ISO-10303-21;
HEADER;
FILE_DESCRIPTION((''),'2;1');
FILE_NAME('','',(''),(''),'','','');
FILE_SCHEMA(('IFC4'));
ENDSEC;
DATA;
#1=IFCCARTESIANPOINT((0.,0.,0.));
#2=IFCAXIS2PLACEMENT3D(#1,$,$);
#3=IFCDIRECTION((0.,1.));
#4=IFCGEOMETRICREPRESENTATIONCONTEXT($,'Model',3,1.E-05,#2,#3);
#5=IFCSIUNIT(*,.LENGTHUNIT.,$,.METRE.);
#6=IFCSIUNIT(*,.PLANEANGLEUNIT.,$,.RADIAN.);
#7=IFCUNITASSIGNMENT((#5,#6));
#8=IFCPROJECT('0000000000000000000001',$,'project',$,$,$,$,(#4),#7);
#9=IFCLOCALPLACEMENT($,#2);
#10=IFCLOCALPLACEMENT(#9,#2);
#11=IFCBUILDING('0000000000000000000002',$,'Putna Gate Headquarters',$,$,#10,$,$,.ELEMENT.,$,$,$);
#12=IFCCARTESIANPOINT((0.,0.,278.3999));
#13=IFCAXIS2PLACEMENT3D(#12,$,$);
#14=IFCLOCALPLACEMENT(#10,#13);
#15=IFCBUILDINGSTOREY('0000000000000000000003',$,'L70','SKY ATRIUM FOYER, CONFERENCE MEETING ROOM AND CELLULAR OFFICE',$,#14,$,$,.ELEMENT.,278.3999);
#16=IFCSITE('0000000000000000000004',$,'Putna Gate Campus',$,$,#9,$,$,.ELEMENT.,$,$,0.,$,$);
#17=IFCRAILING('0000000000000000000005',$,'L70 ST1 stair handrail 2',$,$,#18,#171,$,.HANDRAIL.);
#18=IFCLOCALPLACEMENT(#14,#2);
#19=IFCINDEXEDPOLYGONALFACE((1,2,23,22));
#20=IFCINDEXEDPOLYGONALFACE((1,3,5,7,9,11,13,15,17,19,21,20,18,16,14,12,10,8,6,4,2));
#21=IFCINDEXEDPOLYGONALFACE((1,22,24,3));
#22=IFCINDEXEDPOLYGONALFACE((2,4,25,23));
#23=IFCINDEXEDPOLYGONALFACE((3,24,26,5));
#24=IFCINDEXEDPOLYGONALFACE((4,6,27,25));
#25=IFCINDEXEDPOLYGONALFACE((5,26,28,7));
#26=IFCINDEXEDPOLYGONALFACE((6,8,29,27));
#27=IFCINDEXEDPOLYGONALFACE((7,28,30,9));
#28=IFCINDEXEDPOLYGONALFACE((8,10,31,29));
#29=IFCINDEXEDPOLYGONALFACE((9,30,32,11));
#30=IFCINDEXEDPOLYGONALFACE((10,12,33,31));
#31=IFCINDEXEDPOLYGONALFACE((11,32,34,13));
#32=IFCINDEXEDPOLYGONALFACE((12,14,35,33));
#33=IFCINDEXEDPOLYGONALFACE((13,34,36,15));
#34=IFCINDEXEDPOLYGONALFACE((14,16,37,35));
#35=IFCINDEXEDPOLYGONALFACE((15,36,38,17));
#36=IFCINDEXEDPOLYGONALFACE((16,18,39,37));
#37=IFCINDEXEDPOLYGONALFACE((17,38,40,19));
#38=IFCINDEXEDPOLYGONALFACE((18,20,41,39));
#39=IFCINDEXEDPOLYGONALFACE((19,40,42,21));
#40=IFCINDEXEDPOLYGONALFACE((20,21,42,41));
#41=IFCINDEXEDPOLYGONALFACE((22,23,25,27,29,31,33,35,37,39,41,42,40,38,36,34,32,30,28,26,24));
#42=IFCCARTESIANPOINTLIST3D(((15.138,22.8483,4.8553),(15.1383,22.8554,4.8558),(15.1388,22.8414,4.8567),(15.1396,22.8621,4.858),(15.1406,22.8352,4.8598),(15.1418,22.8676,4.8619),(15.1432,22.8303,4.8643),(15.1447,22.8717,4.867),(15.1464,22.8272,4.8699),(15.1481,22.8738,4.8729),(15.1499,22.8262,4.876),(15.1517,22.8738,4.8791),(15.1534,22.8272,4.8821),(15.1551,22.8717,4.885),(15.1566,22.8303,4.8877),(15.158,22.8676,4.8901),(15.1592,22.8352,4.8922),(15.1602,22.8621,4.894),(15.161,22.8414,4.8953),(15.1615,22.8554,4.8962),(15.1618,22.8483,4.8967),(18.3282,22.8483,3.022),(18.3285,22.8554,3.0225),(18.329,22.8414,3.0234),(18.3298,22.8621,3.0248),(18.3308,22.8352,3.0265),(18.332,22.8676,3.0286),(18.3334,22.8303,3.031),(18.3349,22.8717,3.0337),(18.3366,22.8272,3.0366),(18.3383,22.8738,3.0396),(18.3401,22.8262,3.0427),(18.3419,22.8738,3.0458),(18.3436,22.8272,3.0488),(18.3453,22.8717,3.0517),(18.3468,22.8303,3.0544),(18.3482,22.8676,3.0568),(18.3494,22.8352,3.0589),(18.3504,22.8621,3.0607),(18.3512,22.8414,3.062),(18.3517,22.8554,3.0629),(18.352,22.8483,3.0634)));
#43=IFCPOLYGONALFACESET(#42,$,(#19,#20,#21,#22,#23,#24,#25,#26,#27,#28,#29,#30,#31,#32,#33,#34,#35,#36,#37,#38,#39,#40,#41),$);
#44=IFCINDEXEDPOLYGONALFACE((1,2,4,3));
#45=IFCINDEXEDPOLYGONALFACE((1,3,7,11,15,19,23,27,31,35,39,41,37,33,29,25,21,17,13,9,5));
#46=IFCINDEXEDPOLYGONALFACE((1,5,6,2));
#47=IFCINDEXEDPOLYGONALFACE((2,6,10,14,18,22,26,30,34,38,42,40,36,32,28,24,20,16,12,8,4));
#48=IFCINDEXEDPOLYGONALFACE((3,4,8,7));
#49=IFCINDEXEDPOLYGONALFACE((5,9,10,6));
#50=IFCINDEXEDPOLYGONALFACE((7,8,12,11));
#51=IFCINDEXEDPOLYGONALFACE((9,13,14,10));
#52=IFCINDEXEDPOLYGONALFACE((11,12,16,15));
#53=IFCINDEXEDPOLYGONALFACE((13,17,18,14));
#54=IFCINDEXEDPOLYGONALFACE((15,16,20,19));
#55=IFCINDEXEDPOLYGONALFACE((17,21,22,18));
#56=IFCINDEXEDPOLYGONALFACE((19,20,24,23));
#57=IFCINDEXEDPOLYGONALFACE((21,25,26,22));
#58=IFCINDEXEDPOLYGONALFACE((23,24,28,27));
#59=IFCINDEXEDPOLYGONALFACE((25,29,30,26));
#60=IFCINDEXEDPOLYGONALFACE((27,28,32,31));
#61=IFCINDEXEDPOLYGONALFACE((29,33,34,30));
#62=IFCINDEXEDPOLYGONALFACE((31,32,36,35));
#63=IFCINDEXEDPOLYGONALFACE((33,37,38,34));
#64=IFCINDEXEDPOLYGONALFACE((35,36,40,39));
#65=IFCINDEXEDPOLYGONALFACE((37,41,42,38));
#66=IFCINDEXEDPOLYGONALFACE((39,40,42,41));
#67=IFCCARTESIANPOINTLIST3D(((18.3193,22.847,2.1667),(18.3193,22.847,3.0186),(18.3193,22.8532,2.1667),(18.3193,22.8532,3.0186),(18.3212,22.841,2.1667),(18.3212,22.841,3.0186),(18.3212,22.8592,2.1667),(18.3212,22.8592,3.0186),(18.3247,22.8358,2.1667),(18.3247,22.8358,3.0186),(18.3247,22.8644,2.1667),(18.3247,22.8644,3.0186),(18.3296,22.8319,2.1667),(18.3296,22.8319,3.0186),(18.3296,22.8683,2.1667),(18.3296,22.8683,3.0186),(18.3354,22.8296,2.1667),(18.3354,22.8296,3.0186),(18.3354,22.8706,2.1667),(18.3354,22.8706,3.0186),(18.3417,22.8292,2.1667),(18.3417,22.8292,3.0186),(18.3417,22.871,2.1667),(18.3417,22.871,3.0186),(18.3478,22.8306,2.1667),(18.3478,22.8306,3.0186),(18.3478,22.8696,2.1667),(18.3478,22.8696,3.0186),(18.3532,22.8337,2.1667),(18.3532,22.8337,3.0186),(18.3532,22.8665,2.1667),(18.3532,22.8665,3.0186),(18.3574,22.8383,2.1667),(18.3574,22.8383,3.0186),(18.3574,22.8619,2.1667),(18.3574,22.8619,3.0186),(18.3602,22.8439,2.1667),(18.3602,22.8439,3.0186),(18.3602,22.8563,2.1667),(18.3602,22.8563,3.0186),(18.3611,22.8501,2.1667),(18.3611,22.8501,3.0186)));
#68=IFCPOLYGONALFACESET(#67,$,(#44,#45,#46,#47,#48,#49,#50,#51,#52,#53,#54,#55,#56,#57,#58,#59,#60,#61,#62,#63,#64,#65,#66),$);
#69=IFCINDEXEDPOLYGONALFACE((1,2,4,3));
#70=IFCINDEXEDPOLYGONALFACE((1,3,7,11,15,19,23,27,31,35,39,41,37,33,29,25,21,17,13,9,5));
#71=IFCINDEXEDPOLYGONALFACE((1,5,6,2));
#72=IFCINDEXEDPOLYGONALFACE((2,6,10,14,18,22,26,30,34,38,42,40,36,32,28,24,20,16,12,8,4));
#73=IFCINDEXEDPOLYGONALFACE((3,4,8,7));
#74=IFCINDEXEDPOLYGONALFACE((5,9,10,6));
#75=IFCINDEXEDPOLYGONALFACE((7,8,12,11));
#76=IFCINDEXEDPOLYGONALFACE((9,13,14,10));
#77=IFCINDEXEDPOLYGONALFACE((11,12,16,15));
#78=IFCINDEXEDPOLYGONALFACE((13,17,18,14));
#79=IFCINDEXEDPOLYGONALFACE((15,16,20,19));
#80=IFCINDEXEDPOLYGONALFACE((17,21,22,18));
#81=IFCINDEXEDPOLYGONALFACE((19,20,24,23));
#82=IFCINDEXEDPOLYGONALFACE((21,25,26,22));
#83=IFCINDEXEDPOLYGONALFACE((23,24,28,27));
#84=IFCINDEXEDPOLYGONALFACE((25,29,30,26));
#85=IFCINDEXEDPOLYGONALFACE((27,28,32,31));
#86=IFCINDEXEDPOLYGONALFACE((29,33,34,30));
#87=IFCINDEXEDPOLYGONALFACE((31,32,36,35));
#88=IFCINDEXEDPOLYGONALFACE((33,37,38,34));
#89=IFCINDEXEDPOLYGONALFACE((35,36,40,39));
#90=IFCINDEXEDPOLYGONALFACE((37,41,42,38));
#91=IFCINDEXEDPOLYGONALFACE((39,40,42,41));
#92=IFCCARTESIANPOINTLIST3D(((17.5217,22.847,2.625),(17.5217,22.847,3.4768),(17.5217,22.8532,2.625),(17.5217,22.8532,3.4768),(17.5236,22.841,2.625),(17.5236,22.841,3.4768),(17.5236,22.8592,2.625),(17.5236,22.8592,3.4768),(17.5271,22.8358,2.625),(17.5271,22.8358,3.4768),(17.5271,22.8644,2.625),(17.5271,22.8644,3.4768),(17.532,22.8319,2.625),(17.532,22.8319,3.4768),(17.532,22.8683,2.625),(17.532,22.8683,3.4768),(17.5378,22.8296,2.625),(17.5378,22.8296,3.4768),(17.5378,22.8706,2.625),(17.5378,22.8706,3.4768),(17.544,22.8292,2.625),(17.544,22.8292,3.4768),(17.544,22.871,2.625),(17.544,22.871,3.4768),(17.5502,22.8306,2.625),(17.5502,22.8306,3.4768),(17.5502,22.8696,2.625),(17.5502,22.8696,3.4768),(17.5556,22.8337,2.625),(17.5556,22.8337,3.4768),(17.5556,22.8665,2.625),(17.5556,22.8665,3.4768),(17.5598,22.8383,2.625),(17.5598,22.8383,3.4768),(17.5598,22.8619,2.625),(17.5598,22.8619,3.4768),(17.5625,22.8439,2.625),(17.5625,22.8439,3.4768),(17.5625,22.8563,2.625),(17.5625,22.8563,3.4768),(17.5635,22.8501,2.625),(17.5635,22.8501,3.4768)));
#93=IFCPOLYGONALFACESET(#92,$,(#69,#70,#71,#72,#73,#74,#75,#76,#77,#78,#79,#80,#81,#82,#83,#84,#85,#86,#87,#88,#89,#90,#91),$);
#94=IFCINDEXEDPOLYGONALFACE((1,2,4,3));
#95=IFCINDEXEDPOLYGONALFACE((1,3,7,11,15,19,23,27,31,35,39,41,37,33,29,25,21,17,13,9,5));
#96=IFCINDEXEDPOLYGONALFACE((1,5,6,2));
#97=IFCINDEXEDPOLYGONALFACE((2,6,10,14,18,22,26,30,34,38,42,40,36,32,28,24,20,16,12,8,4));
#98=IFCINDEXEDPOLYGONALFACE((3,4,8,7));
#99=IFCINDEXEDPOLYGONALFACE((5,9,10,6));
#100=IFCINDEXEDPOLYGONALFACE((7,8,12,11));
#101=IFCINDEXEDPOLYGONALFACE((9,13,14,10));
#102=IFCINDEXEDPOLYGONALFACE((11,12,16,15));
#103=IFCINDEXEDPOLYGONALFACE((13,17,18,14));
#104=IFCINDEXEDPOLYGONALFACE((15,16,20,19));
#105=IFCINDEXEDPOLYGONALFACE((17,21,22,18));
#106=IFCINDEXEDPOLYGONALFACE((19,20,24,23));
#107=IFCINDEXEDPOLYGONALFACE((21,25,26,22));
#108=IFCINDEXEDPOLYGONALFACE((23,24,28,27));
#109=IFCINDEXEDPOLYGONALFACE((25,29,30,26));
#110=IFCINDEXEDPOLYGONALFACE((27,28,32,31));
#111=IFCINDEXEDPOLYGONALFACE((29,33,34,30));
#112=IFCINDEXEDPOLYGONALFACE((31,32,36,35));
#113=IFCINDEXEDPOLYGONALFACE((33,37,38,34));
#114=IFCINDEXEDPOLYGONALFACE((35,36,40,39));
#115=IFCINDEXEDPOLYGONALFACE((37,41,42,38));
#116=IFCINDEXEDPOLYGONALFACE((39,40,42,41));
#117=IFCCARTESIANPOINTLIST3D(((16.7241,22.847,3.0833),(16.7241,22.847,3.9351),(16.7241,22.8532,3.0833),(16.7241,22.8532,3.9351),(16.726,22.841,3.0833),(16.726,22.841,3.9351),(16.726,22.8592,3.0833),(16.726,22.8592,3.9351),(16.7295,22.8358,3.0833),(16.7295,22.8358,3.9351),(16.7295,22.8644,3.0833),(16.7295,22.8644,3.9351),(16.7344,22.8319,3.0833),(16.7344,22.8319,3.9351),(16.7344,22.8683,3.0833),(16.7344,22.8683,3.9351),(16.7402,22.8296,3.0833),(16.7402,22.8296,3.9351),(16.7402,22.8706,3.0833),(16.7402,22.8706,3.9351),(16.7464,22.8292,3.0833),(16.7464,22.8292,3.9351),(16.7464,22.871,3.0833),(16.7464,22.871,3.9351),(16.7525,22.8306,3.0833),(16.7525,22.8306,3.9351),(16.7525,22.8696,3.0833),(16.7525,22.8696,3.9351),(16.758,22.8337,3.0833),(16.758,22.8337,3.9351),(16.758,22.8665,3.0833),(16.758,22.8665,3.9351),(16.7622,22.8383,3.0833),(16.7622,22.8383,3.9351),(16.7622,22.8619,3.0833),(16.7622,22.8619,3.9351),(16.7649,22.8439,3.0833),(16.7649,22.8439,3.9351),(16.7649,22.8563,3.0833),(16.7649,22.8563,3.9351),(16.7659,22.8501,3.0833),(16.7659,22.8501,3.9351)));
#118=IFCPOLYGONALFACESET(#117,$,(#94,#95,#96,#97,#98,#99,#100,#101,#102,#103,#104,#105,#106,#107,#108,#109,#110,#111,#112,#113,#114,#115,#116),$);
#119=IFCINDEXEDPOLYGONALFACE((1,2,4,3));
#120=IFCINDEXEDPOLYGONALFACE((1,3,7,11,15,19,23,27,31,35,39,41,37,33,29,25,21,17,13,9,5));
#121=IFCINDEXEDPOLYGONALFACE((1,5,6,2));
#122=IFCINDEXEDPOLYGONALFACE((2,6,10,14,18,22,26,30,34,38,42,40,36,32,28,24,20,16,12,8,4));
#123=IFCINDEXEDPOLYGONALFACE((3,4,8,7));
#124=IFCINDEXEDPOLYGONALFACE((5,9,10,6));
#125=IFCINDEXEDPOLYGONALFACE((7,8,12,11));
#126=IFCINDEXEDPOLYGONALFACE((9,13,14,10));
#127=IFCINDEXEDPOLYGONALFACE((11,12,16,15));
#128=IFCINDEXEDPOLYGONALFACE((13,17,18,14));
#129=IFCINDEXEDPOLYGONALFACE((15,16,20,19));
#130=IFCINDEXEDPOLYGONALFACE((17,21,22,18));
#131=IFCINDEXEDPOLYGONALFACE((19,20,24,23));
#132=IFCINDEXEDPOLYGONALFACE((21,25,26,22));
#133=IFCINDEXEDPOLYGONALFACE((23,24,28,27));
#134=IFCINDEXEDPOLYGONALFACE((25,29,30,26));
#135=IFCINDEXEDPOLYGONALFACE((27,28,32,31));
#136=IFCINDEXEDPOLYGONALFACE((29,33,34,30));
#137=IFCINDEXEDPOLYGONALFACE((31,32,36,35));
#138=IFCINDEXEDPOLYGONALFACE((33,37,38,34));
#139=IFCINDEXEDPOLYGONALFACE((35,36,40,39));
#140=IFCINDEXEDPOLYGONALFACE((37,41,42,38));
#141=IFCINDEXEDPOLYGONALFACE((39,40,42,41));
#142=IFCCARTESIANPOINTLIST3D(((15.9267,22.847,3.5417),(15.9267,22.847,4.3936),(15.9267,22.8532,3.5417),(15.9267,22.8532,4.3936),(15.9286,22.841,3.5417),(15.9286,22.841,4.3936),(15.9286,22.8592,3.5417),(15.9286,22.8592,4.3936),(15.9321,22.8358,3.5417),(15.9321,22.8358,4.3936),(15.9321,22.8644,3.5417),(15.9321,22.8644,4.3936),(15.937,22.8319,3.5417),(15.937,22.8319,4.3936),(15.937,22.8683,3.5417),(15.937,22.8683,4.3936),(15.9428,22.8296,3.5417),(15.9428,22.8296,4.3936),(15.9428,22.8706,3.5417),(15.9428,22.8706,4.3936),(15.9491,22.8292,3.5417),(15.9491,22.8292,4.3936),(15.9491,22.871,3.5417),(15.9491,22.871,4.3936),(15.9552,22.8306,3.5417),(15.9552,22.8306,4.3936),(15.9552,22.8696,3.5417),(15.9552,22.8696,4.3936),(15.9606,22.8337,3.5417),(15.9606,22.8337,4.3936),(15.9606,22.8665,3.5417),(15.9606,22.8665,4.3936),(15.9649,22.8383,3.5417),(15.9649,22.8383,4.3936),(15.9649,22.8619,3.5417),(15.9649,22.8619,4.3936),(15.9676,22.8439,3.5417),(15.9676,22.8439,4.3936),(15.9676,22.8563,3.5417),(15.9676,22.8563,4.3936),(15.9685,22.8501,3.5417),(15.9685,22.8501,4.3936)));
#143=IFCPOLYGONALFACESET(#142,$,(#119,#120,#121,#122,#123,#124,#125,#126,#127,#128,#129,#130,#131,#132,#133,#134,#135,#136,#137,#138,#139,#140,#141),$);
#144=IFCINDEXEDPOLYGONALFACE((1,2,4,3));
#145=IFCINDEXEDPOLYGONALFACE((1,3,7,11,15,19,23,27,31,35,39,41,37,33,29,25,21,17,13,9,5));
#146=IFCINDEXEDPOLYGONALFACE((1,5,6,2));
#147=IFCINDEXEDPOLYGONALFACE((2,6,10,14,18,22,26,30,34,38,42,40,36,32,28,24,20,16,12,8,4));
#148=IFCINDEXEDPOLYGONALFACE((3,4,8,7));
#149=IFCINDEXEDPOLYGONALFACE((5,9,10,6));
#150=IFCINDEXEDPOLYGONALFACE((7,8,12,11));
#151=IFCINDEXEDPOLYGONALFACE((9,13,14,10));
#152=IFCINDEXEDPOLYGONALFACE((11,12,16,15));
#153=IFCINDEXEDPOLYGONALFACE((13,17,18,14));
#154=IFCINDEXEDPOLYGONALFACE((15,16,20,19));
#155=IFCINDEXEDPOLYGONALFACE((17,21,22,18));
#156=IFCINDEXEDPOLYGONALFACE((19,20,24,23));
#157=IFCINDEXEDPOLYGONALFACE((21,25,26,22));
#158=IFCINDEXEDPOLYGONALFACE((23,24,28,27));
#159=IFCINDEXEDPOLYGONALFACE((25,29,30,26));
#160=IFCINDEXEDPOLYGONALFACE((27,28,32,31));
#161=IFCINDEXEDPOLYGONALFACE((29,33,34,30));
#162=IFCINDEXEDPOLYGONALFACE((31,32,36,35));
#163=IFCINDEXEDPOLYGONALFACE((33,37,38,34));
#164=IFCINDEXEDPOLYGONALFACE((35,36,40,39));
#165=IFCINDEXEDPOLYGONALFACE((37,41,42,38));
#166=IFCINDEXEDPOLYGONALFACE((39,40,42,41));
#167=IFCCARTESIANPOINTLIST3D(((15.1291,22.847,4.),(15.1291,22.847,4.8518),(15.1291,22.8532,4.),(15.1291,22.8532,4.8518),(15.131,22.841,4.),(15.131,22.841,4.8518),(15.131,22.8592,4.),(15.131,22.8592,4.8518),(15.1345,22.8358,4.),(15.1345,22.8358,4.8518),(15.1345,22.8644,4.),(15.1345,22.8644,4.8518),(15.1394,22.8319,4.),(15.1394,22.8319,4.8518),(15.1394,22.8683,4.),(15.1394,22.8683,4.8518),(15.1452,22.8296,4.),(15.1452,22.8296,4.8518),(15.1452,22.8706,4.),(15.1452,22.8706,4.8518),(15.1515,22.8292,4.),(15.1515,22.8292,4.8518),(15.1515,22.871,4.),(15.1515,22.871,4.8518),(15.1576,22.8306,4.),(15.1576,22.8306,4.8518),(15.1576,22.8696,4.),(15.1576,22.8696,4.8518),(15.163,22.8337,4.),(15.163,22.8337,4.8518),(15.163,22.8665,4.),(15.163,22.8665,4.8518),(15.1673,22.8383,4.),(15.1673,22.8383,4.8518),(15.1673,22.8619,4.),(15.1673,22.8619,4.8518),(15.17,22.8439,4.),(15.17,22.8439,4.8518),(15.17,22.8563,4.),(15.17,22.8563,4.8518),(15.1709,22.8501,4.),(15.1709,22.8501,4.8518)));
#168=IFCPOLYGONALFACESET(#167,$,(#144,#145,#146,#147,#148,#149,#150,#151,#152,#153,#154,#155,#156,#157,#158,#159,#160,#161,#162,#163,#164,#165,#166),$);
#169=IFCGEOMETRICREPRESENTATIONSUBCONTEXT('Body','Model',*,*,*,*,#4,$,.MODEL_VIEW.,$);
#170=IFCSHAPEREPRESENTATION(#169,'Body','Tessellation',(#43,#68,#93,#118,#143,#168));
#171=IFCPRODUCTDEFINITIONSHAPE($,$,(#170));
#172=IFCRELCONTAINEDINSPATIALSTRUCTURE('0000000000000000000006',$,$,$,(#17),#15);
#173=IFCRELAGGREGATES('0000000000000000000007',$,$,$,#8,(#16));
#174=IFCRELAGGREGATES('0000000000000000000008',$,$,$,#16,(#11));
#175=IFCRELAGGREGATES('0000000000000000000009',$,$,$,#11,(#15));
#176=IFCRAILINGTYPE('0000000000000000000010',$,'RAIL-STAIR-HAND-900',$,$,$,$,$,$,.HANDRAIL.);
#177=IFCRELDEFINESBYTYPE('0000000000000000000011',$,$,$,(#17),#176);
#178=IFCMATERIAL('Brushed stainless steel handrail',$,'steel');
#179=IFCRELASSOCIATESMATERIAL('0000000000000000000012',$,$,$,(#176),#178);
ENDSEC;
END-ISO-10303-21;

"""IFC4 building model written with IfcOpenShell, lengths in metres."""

from ifc_helpers import new_model, si_unit, direction, frame, origin, origin_2d, place, context, subcontext, project, spatial, circle, extrude, material, type_object, element, save


model = new_model("IFC4")

# Units and contexts
model_context = context("Model", 3, precision=1e-05, world=origin(), true_north=direction((0.0, 1.0)))
body_context = subcontext(model_context, "Body", "Model", "MODEL_VIEW")
ifc_project = project(units=[si_unit("LENGTHUNIT", "METRE"), si_unit("PLANEANGLEUNIT", "RADIAN")], contexts=[model_context])

# Site, building, storey
site_placement = place(None, origin())
site = spatial("IfcSite", under=ifc_project, at=site_placement, Name="Putna Gate Campus", CompositionType="ELEMENT", RefElevation=0.0)
building_placement = place(site_placement, origin())
building = spatial("IfcBuilding", under=site, at=building_placement, Name="Putna Gate Headquarters", CompositionType="ELEMENT")
storey_placement = place(building_placement, frame((0.0, 0.0, 278.3999)))
storey = spatial("IfcBuildingStorey", under=building, at=storey_placement, Name="L70", Description="SKY ATRIUM FOYER, CONFERENCE MEETING ROOM AND CELLULAR OFFICE", CompositionType="ELEMENT", Elevation=278.3999)

# Railing
ifc_material_1 = material(Name="Brushed stainless steel handrail", Category="steel")
railing_type = type_object("IfcRailingType", Name="RAIL-STAIR-HAND-900", PredefinedType="HANDRAIL", material=ifc_material_1)
railing_placement = place(storey_placement, frame((18.3401, 22.8501, 2.1667)))
element("IfcRailing", 1, at=railing_placement, inside=storey, type_object=railing_type, Name="L70 ST1 stair handrail 2", PredefinedType="HANDRAIL", context=body_context, shape_type="SweptSolid", body=[
    extrude(circle(Radius=0.0239, at=origin_2d()), frame((0.0, 0.0, 0.876), z_axis=(-0.867036, 0.0, 0.498245), x_axis=(0.0, -1.0, 0.0)), (0.0, 0.0, 1.0), 3.6794),
    extrude(circle(Radius=0.021, at=origin_2d()), origin(), (0.0, 0.0, 1.0), 0.8518),
    extrude(circle(Radius=0.021, at=origin_2d()), frame((-0.7976, 0.0, 0.4583)), (0.0, 0.0, 1.0), 0.8518),
    extrude(circle(Radius=0.021, at=origin_2d()), frame((-1.5952, 0.0, 0.9165)), (0.0, 0.0, 1.0), 0.8518),
    extrude(circle(Radius=0.021, at=origin_2d()), frame((-2.3926, 0.0, 1.375)), (0.0, 0.0, 1.0), 0.8518),
    extrude(circle(Radius=0.021, at=origin_2d()), frame((-3.1902, 0.0, 1.8333)), (0.0, 0.0, 1.0), 0.8518),
])

save(model, "model.ifc")
